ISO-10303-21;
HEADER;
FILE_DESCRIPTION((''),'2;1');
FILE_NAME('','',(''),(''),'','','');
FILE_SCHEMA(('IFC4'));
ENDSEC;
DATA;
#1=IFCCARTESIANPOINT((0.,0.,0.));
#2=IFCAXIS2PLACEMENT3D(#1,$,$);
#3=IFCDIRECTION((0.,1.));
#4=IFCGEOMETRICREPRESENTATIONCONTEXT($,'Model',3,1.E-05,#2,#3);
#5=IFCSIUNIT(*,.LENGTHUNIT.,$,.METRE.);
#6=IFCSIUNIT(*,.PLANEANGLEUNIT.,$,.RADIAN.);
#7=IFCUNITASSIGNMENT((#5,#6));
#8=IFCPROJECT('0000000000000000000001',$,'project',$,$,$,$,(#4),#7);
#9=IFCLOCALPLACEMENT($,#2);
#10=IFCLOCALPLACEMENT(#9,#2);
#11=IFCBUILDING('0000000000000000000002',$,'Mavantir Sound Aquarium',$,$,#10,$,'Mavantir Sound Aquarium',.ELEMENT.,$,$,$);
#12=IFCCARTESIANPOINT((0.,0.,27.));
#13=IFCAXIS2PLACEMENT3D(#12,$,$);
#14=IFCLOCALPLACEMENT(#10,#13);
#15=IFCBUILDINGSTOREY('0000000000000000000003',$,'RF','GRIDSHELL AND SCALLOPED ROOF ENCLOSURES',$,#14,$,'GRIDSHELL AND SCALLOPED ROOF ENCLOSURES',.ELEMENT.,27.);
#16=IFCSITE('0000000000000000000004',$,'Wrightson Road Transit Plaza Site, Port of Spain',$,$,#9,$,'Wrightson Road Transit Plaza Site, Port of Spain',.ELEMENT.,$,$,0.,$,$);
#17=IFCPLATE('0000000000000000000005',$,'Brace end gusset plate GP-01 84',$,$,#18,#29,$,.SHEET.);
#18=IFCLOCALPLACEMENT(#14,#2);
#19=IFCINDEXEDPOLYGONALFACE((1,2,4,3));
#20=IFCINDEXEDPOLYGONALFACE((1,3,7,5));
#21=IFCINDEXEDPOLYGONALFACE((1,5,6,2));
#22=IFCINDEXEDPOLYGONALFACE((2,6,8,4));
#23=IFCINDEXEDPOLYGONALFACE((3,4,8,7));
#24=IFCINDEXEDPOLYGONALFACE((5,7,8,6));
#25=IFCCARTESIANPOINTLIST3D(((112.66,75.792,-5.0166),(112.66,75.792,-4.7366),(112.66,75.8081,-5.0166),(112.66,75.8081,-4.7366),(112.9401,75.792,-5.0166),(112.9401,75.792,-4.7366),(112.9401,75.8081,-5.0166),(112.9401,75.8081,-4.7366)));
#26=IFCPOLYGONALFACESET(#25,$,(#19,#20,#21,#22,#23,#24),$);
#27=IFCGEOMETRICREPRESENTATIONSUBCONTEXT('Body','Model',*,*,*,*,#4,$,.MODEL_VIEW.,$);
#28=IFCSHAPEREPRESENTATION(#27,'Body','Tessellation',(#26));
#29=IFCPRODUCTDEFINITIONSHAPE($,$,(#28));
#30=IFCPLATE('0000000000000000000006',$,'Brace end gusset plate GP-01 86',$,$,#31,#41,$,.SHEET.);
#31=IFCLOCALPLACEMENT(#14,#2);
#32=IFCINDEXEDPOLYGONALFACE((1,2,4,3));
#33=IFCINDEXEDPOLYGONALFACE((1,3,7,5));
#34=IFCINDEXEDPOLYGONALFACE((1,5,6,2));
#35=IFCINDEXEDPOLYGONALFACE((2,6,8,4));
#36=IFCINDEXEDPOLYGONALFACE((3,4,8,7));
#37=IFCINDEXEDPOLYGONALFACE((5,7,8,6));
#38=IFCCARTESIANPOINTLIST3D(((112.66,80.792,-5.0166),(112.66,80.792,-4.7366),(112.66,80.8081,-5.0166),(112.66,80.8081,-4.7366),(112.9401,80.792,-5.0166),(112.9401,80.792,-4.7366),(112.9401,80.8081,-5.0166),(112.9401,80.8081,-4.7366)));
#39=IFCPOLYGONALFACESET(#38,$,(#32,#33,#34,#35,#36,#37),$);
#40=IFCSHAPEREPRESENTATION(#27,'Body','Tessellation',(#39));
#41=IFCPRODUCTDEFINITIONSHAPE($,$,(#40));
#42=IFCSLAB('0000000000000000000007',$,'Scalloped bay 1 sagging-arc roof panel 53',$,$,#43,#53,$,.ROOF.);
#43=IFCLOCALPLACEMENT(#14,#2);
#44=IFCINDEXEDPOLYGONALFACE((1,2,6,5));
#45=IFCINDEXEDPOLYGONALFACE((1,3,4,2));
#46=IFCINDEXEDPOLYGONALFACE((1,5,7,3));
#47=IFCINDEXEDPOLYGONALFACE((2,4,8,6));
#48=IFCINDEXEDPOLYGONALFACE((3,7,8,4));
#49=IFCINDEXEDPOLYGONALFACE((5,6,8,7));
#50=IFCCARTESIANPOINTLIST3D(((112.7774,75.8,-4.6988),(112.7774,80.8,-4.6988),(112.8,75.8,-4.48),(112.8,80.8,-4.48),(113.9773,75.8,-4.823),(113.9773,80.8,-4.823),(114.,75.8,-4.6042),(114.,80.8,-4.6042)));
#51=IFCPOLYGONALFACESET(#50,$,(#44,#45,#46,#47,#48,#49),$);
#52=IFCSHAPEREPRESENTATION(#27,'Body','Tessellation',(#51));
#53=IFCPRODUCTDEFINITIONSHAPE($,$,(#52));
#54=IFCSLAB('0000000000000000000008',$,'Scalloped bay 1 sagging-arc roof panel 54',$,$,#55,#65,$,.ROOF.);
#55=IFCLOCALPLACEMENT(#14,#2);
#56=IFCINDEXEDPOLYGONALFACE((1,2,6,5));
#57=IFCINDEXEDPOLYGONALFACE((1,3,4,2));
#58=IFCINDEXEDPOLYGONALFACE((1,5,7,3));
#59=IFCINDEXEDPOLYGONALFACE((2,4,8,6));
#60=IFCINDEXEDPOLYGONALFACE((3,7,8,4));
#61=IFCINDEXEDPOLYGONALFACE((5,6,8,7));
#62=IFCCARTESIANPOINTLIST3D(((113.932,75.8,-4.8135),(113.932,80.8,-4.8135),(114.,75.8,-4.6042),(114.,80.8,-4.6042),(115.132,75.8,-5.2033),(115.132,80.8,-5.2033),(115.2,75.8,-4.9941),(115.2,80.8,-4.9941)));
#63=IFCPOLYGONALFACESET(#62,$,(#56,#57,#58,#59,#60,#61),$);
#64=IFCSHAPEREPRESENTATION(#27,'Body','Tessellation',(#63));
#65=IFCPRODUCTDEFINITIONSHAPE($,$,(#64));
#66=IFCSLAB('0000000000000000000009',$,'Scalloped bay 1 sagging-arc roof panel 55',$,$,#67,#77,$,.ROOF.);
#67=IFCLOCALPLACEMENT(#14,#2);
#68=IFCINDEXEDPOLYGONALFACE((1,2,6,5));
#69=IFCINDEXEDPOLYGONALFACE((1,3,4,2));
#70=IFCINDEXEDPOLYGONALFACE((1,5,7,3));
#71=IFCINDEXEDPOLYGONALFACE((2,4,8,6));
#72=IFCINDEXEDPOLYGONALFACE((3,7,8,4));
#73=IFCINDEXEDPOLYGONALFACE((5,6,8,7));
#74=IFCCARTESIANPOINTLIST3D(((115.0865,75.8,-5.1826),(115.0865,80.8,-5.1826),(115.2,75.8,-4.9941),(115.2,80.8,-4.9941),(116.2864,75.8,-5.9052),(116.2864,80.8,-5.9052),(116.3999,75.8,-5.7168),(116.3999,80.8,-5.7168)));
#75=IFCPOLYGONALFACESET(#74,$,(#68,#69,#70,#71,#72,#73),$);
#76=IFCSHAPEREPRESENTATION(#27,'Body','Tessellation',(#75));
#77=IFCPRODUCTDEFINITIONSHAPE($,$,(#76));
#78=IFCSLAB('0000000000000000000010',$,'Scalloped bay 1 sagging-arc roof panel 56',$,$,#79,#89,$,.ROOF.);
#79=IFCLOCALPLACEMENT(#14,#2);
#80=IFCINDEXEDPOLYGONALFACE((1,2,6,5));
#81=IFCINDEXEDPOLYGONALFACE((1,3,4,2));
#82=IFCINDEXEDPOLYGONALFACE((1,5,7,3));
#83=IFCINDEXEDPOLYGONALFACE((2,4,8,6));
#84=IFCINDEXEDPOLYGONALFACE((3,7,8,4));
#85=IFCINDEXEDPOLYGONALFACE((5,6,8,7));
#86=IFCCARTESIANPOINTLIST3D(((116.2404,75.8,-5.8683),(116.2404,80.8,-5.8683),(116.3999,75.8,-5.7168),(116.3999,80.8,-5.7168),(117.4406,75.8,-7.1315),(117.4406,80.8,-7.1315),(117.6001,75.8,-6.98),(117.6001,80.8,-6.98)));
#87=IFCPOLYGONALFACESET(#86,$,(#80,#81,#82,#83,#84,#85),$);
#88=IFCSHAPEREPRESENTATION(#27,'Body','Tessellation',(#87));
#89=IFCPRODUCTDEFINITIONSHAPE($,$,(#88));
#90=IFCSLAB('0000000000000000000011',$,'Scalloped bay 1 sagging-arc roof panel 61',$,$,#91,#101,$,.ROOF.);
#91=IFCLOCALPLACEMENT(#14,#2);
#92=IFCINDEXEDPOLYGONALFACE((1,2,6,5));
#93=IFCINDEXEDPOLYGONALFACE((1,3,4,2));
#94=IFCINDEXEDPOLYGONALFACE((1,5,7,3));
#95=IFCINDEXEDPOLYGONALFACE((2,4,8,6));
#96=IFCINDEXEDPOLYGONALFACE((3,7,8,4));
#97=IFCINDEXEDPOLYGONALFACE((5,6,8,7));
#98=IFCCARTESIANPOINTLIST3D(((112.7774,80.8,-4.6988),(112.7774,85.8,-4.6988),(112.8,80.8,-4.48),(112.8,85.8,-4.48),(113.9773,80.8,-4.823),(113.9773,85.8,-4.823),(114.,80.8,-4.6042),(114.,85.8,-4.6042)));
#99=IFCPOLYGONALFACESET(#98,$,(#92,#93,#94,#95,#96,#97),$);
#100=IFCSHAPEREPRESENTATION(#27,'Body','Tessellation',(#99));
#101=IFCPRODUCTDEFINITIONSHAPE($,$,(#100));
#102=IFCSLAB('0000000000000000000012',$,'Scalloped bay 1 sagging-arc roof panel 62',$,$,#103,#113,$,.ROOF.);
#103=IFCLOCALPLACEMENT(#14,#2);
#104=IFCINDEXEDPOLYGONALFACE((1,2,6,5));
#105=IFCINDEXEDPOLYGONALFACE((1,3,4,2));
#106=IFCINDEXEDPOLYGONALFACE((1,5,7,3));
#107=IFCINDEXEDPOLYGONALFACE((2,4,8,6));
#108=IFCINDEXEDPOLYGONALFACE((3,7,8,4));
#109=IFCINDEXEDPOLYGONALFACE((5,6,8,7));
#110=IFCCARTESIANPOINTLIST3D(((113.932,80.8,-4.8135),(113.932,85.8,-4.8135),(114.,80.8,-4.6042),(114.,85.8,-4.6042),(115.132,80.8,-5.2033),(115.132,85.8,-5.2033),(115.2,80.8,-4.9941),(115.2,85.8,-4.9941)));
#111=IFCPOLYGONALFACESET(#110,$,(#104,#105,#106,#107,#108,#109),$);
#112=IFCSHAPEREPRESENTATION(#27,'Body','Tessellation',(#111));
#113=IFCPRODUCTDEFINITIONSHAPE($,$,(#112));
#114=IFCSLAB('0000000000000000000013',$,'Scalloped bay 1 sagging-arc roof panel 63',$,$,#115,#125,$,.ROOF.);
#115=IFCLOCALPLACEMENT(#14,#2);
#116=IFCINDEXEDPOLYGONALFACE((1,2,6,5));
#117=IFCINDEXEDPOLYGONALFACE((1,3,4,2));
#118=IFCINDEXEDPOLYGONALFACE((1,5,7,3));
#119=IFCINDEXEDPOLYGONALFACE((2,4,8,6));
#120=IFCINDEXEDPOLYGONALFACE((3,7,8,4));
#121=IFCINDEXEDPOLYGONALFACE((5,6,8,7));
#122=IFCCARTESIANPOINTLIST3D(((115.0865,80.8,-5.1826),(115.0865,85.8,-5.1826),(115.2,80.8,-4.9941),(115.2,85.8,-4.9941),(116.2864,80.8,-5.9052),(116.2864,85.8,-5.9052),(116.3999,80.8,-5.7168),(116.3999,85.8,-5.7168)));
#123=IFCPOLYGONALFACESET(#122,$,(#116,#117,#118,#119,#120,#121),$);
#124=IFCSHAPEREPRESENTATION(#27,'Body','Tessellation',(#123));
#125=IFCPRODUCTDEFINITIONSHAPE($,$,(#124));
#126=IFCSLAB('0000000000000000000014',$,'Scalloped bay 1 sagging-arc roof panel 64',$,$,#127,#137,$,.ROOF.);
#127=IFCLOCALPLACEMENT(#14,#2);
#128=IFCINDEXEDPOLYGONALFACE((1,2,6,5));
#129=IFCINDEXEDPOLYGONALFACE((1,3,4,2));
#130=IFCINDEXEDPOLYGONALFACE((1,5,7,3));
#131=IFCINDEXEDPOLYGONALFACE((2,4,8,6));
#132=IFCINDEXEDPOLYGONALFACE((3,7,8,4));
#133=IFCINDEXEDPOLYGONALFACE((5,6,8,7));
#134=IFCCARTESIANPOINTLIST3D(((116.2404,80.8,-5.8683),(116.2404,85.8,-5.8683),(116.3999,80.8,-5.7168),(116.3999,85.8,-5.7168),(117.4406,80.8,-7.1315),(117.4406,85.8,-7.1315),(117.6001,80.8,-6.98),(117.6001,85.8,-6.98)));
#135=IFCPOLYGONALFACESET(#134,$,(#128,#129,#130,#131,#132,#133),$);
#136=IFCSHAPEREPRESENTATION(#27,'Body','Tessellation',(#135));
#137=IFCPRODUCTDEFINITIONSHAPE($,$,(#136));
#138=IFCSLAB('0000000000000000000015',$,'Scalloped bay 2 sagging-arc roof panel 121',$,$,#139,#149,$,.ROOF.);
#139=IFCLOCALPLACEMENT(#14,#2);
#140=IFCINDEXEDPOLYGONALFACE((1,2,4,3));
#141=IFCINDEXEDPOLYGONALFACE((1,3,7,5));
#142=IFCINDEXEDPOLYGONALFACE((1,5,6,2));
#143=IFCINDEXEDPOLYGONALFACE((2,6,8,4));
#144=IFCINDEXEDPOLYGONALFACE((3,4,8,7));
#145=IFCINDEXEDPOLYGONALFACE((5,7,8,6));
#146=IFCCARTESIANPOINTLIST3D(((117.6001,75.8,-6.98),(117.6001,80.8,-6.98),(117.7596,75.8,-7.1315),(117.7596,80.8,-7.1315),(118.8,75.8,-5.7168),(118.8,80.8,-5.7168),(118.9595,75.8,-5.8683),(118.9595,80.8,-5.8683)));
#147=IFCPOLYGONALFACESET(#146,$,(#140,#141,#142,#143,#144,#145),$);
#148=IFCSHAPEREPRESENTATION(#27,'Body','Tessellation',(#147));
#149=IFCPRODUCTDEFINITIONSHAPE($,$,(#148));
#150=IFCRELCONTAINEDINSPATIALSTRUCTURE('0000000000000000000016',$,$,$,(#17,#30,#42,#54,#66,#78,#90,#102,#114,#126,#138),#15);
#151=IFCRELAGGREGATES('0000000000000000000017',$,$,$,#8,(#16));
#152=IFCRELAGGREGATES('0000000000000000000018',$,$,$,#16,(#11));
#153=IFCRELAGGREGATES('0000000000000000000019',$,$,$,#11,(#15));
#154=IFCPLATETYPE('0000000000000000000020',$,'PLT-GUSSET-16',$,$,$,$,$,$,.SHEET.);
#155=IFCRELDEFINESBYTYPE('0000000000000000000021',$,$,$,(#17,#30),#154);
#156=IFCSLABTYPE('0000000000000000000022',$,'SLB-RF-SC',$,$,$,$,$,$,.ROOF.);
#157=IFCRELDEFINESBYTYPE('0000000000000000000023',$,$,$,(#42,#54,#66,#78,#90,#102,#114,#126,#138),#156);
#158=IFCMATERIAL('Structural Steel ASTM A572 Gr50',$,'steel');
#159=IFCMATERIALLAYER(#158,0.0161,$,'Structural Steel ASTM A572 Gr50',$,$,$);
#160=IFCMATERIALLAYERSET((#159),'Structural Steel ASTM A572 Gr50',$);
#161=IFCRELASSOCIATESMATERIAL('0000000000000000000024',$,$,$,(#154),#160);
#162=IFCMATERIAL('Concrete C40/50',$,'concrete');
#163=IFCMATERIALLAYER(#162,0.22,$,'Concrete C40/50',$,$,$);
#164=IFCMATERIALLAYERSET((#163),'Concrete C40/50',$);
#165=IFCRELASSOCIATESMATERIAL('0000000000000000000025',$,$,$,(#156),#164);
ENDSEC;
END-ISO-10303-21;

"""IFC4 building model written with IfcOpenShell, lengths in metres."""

from ifc_helpers import new_model, si_unit, direction, frame, origin, origin_2d, place, context, subcontext, project, spatial, polyline, rectangle, outline, extrude, material, layer, layer_set, type_object, element, save


model = new_model("IFC4")

# Units and contexts
model_context = context("Model", 3, precision=1e-05, world=origin(), true_north=direction((0.0, 1.0)))
body_context = subcontext(model_context, "Body", "Model", "MODEL_VIEW")
ifc_project = project(units=[si_unit("LENGTHUNIT", "METRE"), si_unit("PLANEANGLEUNIT", "RADIAN")], contexts=[model_context])

# Site, building, storey
site_placement = place(None, origin())
site = spatial("IfcSite", under=ifc_project, at=site_placement, Name="Wrightson Road Transit Plaza Site, Port of Spain", LongName="Wrightson Road Transit Plaza Site, Port of Spain", CompositionType="ELEMENT", RefElevation=0.0)
building_placement = place(site_placement, origin())
building = spatial("IfcBuilding", under=site, at=building_placement, Name="Mavantir Sound Aquarium", LongName="Mavantir Sound Aquarium", CompositionType="ELEMENT")
storey_placement = place(building_placement, frame((0.0, 0.0, 27.0)))
storey = spatial("IfcBuildingStorey", under=building, at=storey_placement, Name="RF", Description="GRIDSHELL AND SCALLOPED ROOF ENCLOSURES", LongName="GRIDSHELL AND SCALLOPED ROOF ENCLOSURES", CompositionType="ELEMENT", Elevation=27.0)

# Shared definitions
ifc_material_1 = material(Name="Concrete C40/50", Category="concrete")

# Plates
ifc_material_2 = material(Name="Structural Steel ASTM A572 Gr50", Category="steel")
ifc_layer_1 = layer(ifc_material_2, 0.0161, Name="Structural Steel ASTM A572 Gr50")
ifc_layer_set_1 = layer_set([ifc_layer_1], Name="Structural Steel ASTM A572 Gr50")
plate_type_1 = type_object("IfcPlateType", Name="PLT-GUSSET-16", PredefinedType="SHEET", material=ifc_layer_set_1)
for number, where, z_axis, x_axis, name in (
    (1, (112.8, 75.8, -5.0166), (0.0, 0.0, 1.0), (1.0, 0.0, 0.0), "Brace end gusset plate GP-01 84"),
    (2, (112.8, 80.8, -5.0166), (0.0, 0.0, 1.0), (1.0, 0.0, 0.0), "Brace end gusset plate GP-01 86"),
):
    element("IfcPlate", number, at=place(storey_placement, frame(where, z_axis=z_axis, x_axis=x_axis)), inside=storey, type_object=plate_type_1, Name=name, PredefinedType="SHEET", context=body_context, shape_type="SweptSolid", body=[
        extrude(rectangle(XDim=0.28, YDim=0.0161, at=origin_2d()), origin(), (0.0, 0.0, 1.0), 0.28),
    ])

# Slabs
ifc_layer_2 = layer(ifc_material_1, 0.22, Name="Concrete C40/50")
ifc_layer_set_2 = layer_set([ifc_layer_2], Name="Concrete C40/50")
slab_type = type_object("IfcSlabType", Name="SLB-RF-SC", PredefinedType="ROOF", material=ifc_layer_set_2)
slab_1_placement = place(storey_placement, frame((112.8, 75.8, -4.48), z_axis=(0.10301, 0.0, 0.99468), x_axis=(0.99468, 0.0, -0.10301)))
element("IfcSlab", 3, at=slab_1_placement, inside=storey, type_object=slab_type, Name="Scalloped bay 1 sagging-arc roof panel 53", PredefinedType="ROOF", context=body_context, shape_type="SweptSolid", body=[
    extrude(outline(polyline([(0.0, 0.0), (1.2064, 0.0), (1.2064, 5.0), (0.0, 5.0), (0.0, 0.0)])), origin(), (0.0, 0.0, -1.0), 0.22),
])
slab_2_placement = place(storey_placement, frame((114.0, 75.8, -4.6042), z_axis=(0.30902, 0.0, 0.951055), x_axis=(0.951055, 0.0, -0.30902)))
element("IfcSlab", 4, at=slab_2_placement, inside=storey, type_object=slab_type, Name="Scalloped bay 1 sagging-arc roof panel 54", PredefinedType="ROOF", context=body_context, shape_type="SweptSolid", body=[
    extrude(outline(polyline([(0.0, 0.0), (1.2617, 0.0), (1.2617, 5.0), (0.0, 5.0), (0.0, 0.0)])), origin(), (0.0, 0.0, -1.0), 0.22),
])
slab_3_placement = place(storey_placement, frame((115.2, 75.8, -4.9941), z_axis=(0.515905, 0.0, 0.856646), x_axis=(0.856646, 0.0, -0.515905)))
element("IfcSlab", 5, at=slab_3_placement, inside=storey, type_object=slab_type, Name="Scalloped bay 1 sagging-arc roof panel 55", PredefinedType="ROOF", context=body_context, shape_type="SweptSolid", body=[
    extrude(outline(polyline([(0.0, 0.0), (1.4008, 0.0), (1.4008, 5.0), (0.0, 5.0), (0.0, 0.0)])), origin(), (0.0, 0.0, -1.0), 0.22),
])
slab_4_placement = place(storey_placement, frame((116.3999, 75.8, -5.7168), z_axis=(0.72495, 0.0, 0.688801), x_axis=(0.688801, 0.0, -0.72495)))
element("IfcSlab", 6, at=slab_4_placement, inside=storey, type_object=slab_type, Name="Scalloped bay 1 sagging-arc roof panel 56", PredefinedType="ROOF", context=body_context, shape_type="SweptSolid", body=[
    extrude(outline(polyline([(0.0, 0.0), (1.7424, 0.0), (1.7424, 5.0), (0.0, 5.0), (0.0, 0.0)])), origin(), (0.0, 0.0, -1.0), 0.22),
])
slab_5_placement = place(storey_placement, frame((112.8, 80.8, -4.48), z_axis=(0.10301, 0.0, 0.99468), x_axis=(0.99468, 0.0, -0.10301)))
element("IfcSlab", 7, at=slab_5_placement, inside=storey, type_object=slab_type, Name="Scalloped bay 1 sagging-arc roof panel 61", PredefinedType="ROOF", context=body_context, shape_type="SweptSolid", body=[
    extrude(outline(polyline([(0.0, 0.0), (1.2064, 0.0), (1.2064, 5.0), (0.0, 5.0), (0.0, 0.0)])), origin(), (0.0, 0.0, -1.0), 0.22),
])
slab_6_placement = place(storey_placement, frame((114.0, 80.8, -4.6042), z_axis=(0.30902, 0.0, 0.951055), x_axis=(0.951055, 0.0, -0.30902)))
element("IfcSlab", 8, at=slab_6_placement, inside=storey, type_object=slab_type, Name="Scalloped bay 1 sagging-arc roof panel 62", PredefinedType="ROOF", context=body_context, shape_type="SweptSolid", body=[
    extrude(outline(polyline([(0.0, 0.0), (1.2617, 0.0), (1.2617, 5.0), (0.0, 5.0), (0.0, 0.0)])), origin(), (0.0, 0.0, -1.0), 0.22),
])
slab_7_placement = place(storey_placement, frame((115.2, 80.8, -4.9941), z_axis=(0.515905, 0.0, 0.856646), x_axis=(0.856646, 0.0, -0.515905)))
element("IfcSlab", 9, at=slab_7_placement, inside=storey, type_object=slab_type, Name="Scalloped bay 1 sagging-arc roof panel 63", PredefinedType="ROOF", context=body_context, shape_type="SweptSolid", body=[
    extrude(outline(polyline([(0.0, 0.0), (1.4008, 0.0), (1.4008, 5.0), (0.0, 5.0), (0.0, 0.0)])), origin(), (0.0, 0.0, -1.0), 0.22),
])
slab_8_placement = place(storey_placement, frame((116.3999, 80.8, -5.7168), z_axis=(0.72495, 0.0, 0.688801), x_axis=(0.688801, 0.0, -0.72495)))
element("IfcSlab", 10, at=slab_8_placement, inside=storey, type_object=slab_type, Name="Scalloped bay 1 sagging-arc roof panel 64", PredefinedType="ROOF", context=body_context, shape_type="SweptSolid", body=[
    extrude(outline(polyline([(0.0, 0.0), (1.7424, 0.0), (1.7424, 5.0), (0.0, 5.0), (0.0, 0.0)])), origin(), (0.0, 0.0, -1.0), 0.22),
])
slab_9_placement = place(storey_placement, frame((117.6001, 75.8, -6.98), z_axis=(-0.72502, 0.0, 0.688727), x_axis=(0.688727, 0.0, 0.72502)))
element("IfcSlab", 11, at=slab_9_placement, inside=storey, type_object=slab_type, Name="Scalloped bay 2 sagging-arc roof panel 121", PredefinedType="ROOF", context=body_context, shape_type="SweptSolid", body=[
    extrude(outline(polyline([(0.0, 0.0), (1.7423, 0.0), (1.7423, 5.0), (0.0, 5.0), (0.0, 0.0)])), origin(), (0.0, 0.0, -1.0), 0.22),
])

save(model, "model.ifc")
